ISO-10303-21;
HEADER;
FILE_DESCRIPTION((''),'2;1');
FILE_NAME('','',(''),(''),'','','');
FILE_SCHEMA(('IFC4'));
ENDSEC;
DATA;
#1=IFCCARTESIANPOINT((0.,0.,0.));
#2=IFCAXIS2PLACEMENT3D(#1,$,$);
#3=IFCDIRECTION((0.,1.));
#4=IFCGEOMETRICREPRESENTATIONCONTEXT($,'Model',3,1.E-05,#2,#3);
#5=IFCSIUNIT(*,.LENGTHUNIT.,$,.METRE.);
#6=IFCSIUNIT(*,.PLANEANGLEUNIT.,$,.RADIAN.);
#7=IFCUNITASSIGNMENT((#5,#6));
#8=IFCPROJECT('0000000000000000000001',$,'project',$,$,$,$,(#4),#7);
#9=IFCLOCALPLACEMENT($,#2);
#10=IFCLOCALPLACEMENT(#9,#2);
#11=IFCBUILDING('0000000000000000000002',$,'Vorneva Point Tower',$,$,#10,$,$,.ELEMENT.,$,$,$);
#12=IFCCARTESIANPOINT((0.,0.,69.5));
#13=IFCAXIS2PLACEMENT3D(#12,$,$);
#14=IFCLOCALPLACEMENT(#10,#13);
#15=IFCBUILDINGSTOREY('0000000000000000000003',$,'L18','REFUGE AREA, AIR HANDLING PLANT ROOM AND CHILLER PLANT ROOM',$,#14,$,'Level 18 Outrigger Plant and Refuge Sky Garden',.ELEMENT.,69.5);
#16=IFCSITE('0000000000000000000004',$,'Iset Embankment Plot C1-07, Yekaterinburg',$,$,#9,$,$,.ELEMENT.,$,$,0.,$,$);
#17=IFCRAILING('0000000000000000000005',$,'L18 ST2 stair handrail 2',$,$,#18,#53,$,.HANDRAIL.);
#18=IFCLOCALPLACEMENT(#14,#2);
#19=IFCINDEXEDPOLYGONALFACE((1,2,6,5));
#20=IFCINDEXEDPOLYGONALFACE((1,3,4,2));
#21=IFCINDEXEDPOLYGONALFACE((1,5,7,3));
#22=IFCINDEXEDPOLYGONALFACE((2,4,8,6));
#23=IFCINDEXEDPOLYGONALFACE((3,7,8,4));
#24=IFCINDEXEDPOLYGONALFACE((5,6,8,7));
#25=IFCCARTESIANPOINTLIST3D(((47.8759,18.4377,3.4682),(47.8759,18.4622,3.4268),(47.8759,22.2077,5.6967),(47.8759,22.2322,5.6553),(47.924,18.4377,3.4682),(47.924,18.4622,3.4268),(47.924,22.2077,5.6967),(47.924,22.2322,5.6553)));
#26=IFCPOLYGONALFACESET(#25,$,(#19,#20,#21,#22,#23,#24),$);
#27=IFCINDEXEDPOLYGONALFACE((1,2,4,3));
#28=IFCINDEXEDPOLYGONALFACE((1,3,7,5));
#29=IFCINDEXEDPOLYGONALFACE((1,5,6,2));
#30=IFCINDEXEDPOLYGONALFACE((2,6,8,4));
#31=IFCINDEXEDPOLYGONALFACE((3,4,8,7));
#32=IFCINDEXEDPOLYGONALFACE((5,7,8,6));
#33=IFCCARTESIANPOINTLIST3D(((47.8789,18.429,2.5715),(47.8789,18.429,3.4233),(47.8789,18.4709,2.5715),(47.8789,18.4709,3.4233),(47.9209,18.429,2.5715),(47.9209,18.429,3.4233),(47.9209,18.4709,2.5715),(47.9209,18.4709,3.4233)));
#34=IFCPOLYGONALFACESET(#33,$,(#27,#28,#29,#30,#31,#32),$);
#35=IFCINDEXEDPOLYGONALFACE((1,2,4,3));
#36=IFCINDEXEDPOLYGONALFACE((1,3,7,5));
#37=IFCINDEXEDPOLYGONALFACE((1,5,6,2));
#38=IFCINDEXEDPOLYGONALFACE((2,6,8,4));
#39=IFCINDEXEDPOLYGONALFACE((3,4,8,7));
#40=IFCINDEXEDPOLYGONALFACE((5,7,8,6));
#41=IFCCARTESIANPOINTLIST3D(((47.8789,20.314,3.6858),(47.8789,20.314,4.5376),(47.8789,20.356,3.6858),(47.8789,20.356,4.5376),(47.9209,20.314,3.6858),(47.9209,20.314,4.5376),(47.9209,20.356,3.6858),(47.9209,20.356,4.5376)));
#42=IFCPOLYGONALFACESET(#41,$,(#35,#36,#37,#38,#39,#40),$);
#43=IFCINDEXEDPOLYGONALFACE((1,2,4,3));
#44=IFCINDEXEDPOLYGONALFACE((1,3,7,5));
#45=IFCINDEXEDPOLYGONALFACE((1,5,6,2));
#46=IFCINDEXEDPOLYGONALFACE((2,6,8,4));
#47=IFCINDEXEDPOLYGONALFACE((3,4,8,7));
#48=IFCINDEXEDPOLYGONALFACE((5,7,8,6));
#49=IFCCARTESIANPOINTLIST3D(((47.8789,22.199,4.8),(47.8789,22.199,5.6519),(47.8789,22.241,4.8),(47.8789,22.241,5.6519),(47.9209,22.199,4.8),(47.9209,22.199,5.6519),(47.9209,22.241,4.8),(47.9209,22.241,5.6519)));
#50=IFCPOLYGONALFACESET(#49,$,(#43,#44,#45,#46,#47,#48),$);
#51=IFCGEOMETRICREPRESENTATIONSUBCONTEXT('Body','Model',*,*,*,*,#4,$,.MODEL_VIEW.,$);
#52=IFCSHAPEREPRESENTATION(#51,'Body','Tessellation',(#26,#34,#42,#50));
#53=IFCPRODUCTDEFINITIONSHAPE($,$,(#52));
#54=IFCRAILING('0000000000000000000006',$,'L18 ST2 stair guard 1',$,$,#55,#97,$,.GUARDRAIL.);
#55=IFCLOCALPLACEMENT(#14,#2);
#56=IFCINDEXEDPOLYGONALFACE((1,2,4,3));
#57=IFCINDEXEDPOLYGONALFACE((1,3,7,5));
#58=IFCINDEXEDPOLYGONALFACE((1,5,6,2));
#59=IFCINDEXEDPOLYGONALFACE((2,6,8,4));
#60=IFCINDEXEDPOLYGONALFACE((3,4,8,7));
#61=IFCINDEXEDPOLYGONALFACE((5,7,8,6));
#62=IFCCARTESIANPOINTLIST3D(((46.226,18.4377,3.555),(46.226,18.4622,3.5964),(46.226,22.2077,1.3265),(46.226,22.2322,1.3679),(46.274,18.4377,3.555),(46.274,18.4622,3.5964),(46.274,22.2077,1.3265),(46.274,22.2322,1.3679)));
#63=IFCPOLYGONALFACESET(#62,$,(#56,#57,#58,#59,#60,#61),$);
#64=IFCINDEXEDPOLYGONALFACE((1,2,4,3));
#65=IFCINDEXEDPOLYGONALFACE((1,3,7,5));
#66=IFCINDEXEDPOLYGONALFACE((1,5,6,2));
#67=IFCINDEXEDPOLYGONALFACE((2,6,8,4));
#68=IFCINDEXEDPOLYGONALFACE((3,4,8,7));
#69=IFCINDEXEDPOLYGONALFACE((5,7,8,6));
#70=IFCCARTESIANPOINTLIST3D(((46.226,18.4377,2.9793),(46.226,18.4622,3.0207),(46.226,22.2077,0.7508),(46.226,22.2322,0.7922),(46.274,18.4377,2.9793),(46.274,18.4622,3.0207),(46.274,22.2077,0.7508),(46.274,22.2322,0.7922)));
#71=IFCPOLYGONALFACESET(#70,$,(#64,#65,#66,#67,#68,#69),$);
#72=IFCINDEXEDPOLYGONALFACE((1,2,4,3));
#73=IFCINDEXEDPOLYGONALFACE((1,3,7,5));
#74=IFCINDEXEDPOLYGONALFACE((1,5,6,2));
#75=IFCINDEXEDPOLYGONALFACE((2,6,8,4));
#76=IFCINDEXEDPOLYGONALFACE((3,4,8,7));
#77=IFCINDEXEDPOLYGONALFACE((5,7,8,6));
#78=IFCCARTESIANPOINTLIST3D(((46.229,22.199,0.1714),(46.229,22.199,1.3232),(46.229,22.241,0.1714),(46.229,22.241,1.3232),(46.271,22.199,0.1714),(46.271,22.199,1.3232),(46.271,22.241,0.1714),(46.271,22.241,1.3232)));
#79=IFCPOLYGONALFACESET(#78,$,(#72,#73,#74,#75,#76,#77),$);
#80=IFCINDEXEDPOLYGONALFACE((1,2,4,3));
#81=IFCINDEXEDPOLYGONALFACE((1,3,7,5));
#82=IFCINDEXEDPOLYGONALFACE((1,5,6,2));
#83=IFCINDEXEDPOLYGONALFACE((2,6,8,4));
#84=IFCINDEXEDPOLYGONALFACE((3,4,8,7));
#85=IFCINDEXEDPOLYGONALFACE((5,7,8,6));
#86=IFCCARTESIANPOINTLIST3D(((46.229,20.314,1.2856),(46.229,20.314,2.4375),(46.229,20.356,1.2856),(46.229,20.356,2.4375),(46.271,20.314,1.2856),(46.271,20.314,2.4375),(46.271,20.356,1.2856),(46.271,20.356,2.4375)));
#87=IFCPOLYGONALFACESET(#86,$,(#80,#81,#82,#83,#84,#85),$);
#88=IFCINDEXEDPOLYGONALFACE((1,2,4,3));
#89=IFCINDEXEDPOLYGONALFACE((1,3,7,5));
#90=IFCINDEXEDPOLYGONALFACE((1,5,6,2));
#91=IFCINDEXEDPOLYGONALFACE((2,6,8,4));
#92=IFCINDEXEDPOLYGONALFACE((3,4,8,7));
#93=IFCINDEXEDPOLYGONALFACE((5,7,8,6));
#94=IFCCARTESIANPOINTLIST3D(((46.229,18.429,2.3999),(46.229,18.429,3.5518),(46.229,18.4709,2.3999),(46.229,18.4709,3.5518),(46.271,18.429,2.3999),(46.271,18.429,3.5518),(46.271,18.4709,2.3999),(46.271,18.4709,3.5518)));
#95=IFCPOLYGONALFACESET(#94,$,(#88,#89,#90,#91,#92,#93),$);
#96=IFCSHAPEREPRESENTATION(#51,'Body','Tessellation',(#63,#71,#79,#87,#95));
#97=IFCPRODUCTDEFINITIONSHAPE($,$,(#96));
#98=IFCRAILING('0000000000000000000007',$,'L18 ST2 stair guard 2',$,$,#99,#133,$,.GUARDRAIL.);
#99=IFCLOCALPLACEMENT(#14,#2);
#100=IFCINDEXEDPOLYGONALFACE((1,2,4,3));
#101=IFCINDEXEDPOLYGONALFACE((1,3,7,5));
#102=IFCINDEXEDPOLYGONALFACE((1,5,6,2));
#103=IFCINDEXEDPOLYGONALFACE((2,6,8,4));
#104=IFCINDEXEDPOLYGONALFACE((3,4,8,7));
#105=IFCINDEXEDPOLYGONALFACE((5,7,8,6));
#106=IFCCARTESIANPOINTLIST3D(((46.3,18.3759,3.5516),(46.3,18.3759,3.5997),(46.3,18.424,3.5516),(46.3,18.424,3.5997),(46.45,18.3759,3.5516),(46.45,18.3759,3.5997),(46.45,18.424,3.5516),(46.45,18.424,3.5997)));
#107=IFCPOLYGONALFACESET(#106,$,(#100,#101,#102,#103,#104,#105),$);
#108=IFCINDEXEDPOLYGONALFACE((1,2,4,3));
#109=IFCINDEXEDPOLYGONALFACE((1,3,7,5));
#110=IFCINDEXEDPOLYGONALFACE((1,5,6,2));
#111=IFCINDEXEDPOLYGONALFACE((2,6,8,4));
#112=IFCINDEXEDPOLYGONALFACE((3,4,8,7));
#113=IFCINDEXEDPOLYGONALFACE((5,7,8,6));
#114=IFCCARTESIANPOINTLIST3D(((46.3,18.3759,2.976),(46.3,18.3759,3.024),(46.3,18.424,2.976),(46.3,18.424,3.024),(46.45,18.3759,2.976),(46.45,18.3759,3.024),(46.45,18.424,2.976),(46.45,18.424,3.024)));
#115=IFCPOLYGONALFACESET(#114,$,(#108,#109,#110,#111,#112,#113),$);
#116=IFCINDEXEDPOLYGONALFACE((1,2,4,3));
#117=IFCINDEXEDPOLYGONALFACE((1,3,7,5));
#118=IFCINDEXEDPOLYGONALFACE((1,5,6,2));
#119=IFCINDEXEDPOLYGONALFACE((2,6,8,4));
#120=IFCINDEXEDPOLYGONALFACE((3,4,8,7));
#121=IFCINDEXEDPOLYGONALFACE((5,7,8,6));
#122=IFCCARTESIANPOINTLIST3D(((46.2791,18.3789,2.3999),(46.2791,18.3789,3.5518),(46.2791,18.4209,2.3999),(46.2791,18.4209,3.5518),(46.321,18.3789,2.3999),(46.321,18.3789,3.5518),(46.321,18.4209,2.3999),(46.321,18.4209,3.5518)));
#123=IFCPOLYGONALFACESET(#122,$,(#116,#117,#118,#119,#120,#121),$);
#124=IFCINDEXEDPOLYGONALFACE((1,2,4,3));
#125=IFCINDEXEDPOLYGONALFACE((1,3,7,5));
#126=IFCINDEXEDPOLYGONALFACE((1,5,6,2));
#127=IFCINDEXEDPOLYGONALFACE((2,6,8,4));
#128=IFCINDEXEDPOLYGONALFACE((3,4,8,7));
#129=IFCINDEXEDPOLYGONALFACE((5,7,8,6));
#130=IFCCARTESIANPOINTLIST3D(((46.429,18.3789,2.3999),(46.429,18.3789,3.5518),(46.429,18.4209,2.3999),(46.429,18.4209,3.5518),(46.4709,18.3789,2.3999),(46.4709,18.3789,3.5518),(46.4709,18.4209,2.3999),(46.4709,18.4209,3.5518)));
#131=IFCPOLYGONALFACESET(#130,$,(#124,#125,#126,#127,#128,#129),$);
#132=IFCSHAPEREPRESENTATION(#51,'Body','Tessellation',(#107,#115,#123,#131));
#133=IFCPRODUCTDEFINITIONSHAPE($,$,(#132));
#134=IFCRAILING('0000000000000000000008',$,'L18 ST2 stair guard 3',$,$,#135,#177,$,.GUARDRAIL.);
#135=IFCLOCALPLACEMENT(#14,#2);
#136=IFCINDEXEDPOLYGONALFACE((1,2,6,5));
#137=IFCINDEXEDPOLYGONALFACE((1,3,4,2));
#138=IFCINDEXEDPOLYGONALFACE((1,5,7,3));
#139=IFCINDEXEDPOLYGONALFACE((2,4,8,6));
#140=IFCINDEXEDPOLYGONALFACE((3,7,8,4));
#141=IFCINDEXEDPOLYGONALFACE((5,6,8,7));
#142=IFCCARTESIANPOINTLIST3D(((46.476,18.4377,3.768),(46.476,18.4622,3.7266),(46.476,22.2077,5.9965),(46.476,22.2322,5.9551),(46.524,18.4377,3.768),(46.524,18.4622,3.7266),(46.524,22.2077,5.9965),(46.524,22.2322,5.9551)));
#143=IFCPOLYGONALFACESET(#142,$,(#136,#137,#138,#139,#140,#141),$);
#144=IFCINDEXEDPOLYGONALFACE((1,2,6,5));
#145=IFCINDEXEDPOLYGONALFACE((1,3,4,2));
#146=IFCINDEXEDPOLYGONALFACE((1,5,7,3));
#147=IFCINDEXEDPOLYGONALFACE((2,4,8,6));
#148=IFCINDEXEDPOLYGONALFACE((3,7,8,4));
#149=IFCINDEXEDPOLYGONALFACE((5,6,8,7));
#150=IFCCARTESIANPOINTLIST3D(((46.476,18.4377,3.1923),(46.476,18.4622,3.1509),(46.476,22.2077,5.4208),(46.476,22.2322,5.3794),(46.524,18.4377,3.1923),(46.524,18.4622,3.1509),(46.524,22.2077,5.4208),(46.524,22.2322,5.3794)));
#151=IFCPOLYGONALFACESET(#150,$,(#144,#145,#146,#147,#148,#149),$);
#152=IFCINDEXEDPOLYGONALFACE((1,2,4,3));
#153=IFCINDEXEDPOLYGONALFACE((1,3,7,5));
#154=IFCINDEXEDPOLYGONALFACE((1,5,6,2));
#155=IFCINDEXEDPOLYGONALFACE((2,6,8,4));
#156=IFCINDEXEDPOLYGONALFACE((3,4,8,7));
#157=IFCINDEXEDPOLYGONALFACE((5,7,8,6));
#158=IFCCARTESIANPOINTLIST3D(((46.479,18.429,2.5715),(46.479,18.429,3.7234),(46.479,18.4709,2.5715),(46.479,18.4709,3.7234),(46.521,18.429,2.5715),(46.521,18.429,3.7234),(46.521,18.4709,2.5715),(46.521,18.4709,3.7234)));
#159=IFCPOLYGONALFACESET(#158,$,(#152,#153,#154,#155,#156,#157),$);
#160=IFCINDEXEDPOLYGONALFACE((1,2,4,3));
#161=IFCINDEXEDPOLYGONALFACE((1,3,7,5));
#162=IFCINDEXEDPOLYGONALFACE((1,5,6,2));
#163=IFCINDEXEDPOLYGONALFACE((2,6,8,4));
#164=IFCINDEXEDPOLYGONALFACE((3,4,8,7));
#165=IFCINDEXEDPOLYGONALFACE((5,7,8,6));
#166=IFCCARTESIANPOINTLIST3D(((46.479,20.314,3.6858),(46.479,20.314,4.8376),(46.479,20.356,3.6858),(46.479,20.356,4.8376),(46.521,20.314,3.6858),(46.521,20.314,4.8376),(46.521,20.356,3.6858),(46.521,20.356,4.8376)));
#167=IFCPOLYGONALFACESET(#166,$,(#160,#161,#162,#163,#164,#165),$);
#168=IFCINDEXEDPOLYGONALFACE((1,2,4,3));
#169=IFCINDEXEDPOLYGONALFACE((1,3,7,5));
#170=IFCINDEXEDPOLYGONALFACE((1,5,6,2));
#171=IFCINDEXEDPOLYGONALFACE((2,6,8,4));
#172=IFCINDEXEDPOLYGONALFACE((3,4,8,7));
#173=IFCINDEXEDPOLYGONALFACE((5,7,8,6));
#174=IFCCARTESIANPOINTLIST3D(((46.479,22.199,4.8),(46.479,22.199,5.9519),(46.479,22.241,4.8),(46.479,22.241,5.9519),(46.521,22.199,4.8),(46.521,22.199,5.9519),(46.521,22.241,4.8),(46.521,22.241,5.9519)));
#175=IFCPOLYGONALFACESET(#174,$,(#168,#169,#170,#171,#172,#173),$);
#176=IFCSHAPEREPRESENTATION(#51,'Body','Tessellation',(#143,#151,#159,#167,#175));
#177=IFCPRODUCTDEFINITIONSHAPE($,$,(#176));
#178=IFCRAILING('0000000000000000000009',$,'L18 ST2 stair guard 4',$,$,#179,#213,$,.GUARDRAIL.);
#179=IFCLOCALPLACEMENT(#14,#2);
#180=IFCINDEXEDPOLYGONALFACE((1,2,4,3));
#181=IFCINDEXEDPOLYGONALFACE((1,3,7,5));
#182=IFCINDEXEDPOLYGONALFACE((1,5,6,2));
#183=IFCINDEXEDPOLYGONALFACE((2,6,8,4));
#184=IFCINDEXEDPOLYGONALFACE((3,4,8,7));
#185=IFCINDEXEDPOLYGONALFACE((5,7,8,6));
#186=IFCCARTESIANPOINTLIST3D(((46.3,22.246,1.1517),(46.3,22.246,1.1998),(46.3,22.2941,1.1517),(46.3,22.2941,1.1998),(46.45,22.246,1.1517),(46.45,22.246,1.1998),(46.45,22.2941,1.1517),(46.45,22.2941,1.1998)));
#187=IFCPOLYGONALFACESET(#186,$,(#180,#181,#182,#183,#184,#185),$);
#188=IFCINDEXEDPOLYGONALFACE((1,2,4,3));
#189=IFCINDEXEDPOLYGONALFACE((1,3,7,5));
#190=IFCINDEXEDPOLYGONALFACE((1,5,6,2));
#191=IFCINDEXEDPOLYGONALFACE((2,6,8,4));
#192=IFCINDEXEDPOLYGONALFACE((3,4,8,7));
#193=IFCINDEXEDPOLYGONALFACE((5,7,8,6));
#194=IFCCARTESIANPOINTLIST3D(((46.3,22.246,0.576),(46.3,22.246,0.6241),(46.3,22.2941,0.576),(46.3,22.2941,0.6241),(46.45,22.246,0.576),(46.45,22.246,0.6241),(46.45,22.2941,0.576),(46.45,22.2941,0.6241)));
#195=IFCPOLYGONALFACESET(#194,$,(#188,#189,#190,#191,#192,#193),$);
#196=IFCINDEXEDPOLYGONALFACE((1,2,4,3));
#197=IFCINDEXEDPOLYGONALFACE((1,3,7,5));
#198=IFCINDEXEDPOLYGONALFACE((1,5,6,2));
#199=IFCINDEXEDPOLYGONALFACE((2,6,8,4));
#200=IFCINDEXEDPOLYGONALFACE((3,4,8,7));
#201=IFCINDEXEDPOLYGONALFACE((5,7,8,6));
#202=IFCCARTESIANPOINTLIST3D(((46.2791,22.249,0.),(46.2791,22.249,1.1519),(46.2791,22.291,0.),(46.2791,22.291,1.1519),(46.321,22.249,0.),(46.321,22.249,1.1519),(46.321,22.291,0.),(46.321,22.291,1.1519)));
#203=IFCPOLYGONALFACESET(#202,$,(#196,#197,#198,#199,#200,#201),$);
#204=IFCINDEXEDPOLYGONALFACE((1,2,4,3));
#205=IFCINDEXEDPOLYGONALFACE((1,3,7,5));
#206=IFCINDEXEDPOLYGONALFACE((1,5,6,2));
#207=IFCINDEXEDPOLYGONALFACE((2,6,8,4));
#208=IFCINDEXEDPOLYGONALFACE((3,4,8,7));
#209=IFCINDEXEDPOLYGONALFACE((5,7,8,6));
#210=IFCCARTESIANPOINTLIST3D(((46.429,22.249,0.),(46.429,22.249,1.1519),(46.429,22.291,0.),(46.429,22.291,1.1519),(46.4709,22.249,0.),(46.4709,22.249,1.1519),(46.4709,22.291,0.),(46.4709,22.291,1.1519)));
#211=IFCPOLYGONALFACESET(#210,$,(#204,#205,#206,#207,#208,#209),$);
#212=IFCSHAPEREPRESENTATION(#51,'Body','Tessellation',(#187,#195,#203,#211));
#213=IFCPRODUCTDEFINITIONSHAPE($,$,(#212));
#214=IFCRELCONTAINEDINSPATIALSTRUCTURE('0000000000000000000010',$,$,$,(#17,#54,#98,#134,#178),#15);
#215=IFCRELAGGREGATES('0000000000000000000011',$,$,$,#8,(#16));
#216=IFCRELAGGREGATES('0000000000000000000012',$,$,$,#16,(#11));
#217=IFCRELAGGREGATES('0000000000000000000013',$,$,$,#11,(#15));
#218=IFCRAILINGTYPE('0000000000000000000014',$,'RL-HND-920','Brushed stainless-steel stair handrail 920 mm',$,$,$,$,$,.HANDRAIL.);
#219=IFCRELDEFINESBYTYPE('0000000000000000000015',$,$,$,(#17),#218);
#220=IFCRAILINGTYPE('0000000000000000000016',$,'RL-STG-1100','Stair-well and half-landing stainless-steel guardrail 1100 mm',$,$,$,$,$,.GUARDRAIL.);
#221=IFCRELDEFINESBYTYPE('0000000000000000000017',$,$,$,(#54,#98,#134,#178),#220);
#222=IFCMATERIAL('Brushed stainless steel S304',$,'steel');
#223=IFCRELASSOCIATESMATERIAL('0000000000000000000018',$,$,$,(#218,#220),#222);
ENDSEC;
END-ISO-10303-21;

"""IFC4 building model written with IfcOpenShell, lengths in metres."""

from ifc_helpers import new_model, si_unit, direction, frame, origin, origin_2d, place, context, subcontext, project, spatial, rectangle, extrude, material, type_object, element, save


model = new_model("IFC4")

# Units and contexts
model_context = context("Model", 3, precision=1e-05, world=origin(), true_north=direction((0.0, 1.0)))
body_context = subcontext(model_context, "Body", "Model", "MODEL_VIEW")
ifc_project = project(units=[si_unit("LENGTHUNIT", "METRE"), si_unit("PLANEANGLEUNIT", "RADIAN")], contexts=[model_context])

# Site, building, storey
site_placement = place(None, origin())
site = spatial("IfcSite", under=ifc_project, at=site_placement, Name="Iset Embankment Plot C1-07, Yekaterinburg", CompositionType="ELEMENT", RefElevation=0.0)
building_placement = place(site_placement, origin())
building = spatial("IfcBuilding", under=site, at=building_placement, Name="Vorneva Point Tower", CompositionType="ELEMENT")
storey_placement = place(building_placement, frame((0.0, 0.0, 69.5)))
storey = spatial("IfcBuildingStorey", under=building, at=storey_placement, Name="L18", Description="REFUGE AREA, AIR HANDLING PLANT ROOM AND CHILLER PLANT ROOM", LongName="Level 18 Outrigger Plant and Refuge Sky Garden", CompositionType="ELEMENT", Elevation=69.5)

# Railings
ifc_material_1 = material(Name="Brushed stainless steel S304", Category="steel")
railing_type_1 = type_object("IfcRailingType", Name="RL-HND-920", Description="Brushed stainless-steel stair handrail 920 mm", PredefinedType="HANDRAIL", material=ifc_material_1)
railing_1_placement = place(storey_placement, frame((47.8999, 18.45, 2.5715)))
element("IfcRailing", 1, at=railing_1_placement, inside=storey, type_object=railing_type_1, Name="L18 ST2 stair handrail 2", PredefinedType="HANDRAIL", context=body_context, shape_type="SweptSolid", body=[
    extrude(rectangle(XDim=0.0481, YDim=0.0481, at=origin_2d()), frame((0.0, 0.0, 0.876), z_axis=(0.0, 0.860849, 0.508861), x_axis=(-1.0, 0.0, 0.0)), (0.0, 0.0, 1.0), 4.3794),
    extrude(rectangle(XDim=0.042, YDim=0.042, at=origin_2d()), origin(), (0.0, 0.0, 1.0), 0.8518),
    extrude(rectangle(XDim=0.042, YDim=0.042, at=origin_2d()), frame((0.0, 1.885, 1.1143)), (0.0, 0.0, 1.0), 0.8518),
    extrude(rectangle(XDim=0.042, YDim=0.042, at=origin_2d()), frame((0.0, 3.77, 2.2285)), (0.0, 0.0, 1.0), 0.8518),
])
railing_type_2 = type_object("IfcRailingType", Name="RL-STG-1100", Description="Stair-well and half-landing stainless-steel guardrail 1100 mm", PredefinedType="GUARDRAIL", material=ifc_material_1)
railing_2_placement = place(storey_placement, frame((46.25, 22.22, 0.1714)))
element("IfcRailing", 2, at=railing_2_placement, inside=storey, type_object=railing_type_2, Name="L18 ST2 stair guard 1", PredefinedType="GUARDRAIL", context=body_context, shape_type="SweptSolid", body=[
    extrude(rectangle(XDim=0.0481, YDim=0.0481, at=origin_2d()), frame((0.0, 0.0, 1.1758), z_axis=(0.0, -0.860849, 0.508861), x_axis=(1.0, 0.0, 0.0)), (0.0, 0.0, 1.0), 4.3794),
    extrude(rectangle(XDim=0.0481, YDim=0.0481, at=origin_2d()), frame((0.0, 0.0, 0.6001), z_axis=(0.0, -0.860849, 0.508861), x_axis=(1.0, 0.0, 0.0)), (0.0, 0.0, 1.0), 4.3794),
    extrude(rectangle(XDim=0.042, YDim=0.042, at=origin_2d()), origin(), (0.0, 0.0, 1.0), 1.1519),
    extrude(rectangle(XDim=0.042, YDim=0.042, at=origin_2d()), frame((0.0, -1.885, 1.1143)), (0.0, 0.0, 1.0), 1.1519),
    extrude(rectangle(XDim=0.042, YDim=0.042, at=origin_2d()), frame((0.0, -3.77, 2.2285)), (0.0, 0.0, 1.0), 1.1519),
])
railing_3_placement = place(storey_placement, frame((46.3, 18.3999, 2.3999)))
element("IfcRailing", 3, at=railing_3_placement, inside=storey, type_object=railing_type_2, Name="L18 ST2 stair guard 2", PredefinedType="GUARDRAIL", context=body_context, shape_type="SweptSolid", body=[
    extrude(rectangle(XDim=0.0481, YDim=0.0481, at=origin_2d()), frame((0.0, 0.0, 1.1758), z_axis=(1.0, 0.0, 0.0), x_axis=(0.0, 1.0, 0.0)), (0.0, 0.0, 1.0), 0.1499),
    extrude(rectangle(XDim=0.0481, YDim=0.0481, at=origin_2d()), frame((0.0, 0.0, 0.6001), z_axis=(1.0, 0.0, 0.0), x_axis=(0.0, 1.0, 0.0)), (0.0, 0.0, 1.0), 0.1499),
    extrude(rectangle(XDim=0.042, YDim=0.042, at=origin_2d()), origin(), (0.0, 0.0, 1.0), 1.1519),
    extrude(rectangle(XDim=0.042, YDim=0.042, at=origin_2d()), frame((0.1499, 0.0, 0.0)), (0.0, 0.0, 1.0), 1.1519),
])
railing_4_placement = place(storey_placement, frame((46.5, 18.45, 2.5715)))
element("IfcRailing", 4, at=railing_4_placement, inside=storey, type_object=railing_type_2, Name="L18 ST2 stair guard 3", PredefinedType="GUARDRAIL", context=body_context, shape_type="SweptSolid", body=[
    extrude(rectangle(XDim=0.0481, YDim=0.0481, at=origin_2d()), frame((0.0, 0.0, 1.1758), z_axis=(0.0, 0.860849, 0.508861), x_axis=(-1.0, 0.0, 0.0)), (0.0, 0.0, 1.0), 4.3794),
    extrude(rectangle(XDim=0.0481, YDim=0.0481, at=origin_2d()), frame((0.0, 0.0, 0.6001), z_axis=(0.0, 0.860849, 0.508861), x_axis=(-1.0, 0.0, 0.0)), (0.0, 0.0, 1.0), 4.3794),
    extrude(rectangle(XDim=0.042, YDim=0.042, at=origin_2d()), origin(), (0.0, 0.0, 1.0), 1.1519),
    extrude(rectangle(XDim=0.042, YDim=0.042, at=origin_2d()), frame((0.0, 1.885, 1.1143)), (0.0, 0.0, 1.0), 1.1519),
    extrude(rectangle(XDim=0.042, YDim=0.042, at=origin_2d()), frame((0.0, 3.77, 2.2285)), (0.0, 0.0, 1.0), 1.1519),
])
railing_5_placement = place(storey_placement, frame((46.3, 22.27, 0.0)))
element("IfcRailing", 5, at=railing_5_placement, inside=storey, type_object=railing_type_2, Name="L18 ST2 stair guard 4", PredefinedType="GUARDRAIL", context=body_context, shape_type="SweptSolid", body=[
    extrude(rectangle(XDim=0.0481, YDim=0.0481, at=origin_2d()), frame((0.0, 0.0, 1.1758), z_axis=(1.0, 0.0, 0.0), x_axis=(0.0, 1.0, 0.0)), (0.0, 0.0, 1.0), 0.1499),
    extrude(rectangle(XDim=0.0481, YDim=0.0481, at=origin_2d()), frame((0.0, 0.0, 0.6001), z_axis=(1.0, 0.0, 0.0), x_axis=(0.0, 1.0, 0.0)), (0.0, 0.0, 1.0), 0.1499),
    extrude(rectangle(XDim=0.042, YDim=0.042, at=origin_2d()), origin(), (0.0, 0.0, 1.0), 1.1519),
    extrude(rectangle(XDim=0.042, YDim=0.042, at=origin_2d()), frame((0.1499, 0.0, 0.0)), (0.0, 0.0, 1.0), 1.1519),
])

save(model, "model.ifc")
